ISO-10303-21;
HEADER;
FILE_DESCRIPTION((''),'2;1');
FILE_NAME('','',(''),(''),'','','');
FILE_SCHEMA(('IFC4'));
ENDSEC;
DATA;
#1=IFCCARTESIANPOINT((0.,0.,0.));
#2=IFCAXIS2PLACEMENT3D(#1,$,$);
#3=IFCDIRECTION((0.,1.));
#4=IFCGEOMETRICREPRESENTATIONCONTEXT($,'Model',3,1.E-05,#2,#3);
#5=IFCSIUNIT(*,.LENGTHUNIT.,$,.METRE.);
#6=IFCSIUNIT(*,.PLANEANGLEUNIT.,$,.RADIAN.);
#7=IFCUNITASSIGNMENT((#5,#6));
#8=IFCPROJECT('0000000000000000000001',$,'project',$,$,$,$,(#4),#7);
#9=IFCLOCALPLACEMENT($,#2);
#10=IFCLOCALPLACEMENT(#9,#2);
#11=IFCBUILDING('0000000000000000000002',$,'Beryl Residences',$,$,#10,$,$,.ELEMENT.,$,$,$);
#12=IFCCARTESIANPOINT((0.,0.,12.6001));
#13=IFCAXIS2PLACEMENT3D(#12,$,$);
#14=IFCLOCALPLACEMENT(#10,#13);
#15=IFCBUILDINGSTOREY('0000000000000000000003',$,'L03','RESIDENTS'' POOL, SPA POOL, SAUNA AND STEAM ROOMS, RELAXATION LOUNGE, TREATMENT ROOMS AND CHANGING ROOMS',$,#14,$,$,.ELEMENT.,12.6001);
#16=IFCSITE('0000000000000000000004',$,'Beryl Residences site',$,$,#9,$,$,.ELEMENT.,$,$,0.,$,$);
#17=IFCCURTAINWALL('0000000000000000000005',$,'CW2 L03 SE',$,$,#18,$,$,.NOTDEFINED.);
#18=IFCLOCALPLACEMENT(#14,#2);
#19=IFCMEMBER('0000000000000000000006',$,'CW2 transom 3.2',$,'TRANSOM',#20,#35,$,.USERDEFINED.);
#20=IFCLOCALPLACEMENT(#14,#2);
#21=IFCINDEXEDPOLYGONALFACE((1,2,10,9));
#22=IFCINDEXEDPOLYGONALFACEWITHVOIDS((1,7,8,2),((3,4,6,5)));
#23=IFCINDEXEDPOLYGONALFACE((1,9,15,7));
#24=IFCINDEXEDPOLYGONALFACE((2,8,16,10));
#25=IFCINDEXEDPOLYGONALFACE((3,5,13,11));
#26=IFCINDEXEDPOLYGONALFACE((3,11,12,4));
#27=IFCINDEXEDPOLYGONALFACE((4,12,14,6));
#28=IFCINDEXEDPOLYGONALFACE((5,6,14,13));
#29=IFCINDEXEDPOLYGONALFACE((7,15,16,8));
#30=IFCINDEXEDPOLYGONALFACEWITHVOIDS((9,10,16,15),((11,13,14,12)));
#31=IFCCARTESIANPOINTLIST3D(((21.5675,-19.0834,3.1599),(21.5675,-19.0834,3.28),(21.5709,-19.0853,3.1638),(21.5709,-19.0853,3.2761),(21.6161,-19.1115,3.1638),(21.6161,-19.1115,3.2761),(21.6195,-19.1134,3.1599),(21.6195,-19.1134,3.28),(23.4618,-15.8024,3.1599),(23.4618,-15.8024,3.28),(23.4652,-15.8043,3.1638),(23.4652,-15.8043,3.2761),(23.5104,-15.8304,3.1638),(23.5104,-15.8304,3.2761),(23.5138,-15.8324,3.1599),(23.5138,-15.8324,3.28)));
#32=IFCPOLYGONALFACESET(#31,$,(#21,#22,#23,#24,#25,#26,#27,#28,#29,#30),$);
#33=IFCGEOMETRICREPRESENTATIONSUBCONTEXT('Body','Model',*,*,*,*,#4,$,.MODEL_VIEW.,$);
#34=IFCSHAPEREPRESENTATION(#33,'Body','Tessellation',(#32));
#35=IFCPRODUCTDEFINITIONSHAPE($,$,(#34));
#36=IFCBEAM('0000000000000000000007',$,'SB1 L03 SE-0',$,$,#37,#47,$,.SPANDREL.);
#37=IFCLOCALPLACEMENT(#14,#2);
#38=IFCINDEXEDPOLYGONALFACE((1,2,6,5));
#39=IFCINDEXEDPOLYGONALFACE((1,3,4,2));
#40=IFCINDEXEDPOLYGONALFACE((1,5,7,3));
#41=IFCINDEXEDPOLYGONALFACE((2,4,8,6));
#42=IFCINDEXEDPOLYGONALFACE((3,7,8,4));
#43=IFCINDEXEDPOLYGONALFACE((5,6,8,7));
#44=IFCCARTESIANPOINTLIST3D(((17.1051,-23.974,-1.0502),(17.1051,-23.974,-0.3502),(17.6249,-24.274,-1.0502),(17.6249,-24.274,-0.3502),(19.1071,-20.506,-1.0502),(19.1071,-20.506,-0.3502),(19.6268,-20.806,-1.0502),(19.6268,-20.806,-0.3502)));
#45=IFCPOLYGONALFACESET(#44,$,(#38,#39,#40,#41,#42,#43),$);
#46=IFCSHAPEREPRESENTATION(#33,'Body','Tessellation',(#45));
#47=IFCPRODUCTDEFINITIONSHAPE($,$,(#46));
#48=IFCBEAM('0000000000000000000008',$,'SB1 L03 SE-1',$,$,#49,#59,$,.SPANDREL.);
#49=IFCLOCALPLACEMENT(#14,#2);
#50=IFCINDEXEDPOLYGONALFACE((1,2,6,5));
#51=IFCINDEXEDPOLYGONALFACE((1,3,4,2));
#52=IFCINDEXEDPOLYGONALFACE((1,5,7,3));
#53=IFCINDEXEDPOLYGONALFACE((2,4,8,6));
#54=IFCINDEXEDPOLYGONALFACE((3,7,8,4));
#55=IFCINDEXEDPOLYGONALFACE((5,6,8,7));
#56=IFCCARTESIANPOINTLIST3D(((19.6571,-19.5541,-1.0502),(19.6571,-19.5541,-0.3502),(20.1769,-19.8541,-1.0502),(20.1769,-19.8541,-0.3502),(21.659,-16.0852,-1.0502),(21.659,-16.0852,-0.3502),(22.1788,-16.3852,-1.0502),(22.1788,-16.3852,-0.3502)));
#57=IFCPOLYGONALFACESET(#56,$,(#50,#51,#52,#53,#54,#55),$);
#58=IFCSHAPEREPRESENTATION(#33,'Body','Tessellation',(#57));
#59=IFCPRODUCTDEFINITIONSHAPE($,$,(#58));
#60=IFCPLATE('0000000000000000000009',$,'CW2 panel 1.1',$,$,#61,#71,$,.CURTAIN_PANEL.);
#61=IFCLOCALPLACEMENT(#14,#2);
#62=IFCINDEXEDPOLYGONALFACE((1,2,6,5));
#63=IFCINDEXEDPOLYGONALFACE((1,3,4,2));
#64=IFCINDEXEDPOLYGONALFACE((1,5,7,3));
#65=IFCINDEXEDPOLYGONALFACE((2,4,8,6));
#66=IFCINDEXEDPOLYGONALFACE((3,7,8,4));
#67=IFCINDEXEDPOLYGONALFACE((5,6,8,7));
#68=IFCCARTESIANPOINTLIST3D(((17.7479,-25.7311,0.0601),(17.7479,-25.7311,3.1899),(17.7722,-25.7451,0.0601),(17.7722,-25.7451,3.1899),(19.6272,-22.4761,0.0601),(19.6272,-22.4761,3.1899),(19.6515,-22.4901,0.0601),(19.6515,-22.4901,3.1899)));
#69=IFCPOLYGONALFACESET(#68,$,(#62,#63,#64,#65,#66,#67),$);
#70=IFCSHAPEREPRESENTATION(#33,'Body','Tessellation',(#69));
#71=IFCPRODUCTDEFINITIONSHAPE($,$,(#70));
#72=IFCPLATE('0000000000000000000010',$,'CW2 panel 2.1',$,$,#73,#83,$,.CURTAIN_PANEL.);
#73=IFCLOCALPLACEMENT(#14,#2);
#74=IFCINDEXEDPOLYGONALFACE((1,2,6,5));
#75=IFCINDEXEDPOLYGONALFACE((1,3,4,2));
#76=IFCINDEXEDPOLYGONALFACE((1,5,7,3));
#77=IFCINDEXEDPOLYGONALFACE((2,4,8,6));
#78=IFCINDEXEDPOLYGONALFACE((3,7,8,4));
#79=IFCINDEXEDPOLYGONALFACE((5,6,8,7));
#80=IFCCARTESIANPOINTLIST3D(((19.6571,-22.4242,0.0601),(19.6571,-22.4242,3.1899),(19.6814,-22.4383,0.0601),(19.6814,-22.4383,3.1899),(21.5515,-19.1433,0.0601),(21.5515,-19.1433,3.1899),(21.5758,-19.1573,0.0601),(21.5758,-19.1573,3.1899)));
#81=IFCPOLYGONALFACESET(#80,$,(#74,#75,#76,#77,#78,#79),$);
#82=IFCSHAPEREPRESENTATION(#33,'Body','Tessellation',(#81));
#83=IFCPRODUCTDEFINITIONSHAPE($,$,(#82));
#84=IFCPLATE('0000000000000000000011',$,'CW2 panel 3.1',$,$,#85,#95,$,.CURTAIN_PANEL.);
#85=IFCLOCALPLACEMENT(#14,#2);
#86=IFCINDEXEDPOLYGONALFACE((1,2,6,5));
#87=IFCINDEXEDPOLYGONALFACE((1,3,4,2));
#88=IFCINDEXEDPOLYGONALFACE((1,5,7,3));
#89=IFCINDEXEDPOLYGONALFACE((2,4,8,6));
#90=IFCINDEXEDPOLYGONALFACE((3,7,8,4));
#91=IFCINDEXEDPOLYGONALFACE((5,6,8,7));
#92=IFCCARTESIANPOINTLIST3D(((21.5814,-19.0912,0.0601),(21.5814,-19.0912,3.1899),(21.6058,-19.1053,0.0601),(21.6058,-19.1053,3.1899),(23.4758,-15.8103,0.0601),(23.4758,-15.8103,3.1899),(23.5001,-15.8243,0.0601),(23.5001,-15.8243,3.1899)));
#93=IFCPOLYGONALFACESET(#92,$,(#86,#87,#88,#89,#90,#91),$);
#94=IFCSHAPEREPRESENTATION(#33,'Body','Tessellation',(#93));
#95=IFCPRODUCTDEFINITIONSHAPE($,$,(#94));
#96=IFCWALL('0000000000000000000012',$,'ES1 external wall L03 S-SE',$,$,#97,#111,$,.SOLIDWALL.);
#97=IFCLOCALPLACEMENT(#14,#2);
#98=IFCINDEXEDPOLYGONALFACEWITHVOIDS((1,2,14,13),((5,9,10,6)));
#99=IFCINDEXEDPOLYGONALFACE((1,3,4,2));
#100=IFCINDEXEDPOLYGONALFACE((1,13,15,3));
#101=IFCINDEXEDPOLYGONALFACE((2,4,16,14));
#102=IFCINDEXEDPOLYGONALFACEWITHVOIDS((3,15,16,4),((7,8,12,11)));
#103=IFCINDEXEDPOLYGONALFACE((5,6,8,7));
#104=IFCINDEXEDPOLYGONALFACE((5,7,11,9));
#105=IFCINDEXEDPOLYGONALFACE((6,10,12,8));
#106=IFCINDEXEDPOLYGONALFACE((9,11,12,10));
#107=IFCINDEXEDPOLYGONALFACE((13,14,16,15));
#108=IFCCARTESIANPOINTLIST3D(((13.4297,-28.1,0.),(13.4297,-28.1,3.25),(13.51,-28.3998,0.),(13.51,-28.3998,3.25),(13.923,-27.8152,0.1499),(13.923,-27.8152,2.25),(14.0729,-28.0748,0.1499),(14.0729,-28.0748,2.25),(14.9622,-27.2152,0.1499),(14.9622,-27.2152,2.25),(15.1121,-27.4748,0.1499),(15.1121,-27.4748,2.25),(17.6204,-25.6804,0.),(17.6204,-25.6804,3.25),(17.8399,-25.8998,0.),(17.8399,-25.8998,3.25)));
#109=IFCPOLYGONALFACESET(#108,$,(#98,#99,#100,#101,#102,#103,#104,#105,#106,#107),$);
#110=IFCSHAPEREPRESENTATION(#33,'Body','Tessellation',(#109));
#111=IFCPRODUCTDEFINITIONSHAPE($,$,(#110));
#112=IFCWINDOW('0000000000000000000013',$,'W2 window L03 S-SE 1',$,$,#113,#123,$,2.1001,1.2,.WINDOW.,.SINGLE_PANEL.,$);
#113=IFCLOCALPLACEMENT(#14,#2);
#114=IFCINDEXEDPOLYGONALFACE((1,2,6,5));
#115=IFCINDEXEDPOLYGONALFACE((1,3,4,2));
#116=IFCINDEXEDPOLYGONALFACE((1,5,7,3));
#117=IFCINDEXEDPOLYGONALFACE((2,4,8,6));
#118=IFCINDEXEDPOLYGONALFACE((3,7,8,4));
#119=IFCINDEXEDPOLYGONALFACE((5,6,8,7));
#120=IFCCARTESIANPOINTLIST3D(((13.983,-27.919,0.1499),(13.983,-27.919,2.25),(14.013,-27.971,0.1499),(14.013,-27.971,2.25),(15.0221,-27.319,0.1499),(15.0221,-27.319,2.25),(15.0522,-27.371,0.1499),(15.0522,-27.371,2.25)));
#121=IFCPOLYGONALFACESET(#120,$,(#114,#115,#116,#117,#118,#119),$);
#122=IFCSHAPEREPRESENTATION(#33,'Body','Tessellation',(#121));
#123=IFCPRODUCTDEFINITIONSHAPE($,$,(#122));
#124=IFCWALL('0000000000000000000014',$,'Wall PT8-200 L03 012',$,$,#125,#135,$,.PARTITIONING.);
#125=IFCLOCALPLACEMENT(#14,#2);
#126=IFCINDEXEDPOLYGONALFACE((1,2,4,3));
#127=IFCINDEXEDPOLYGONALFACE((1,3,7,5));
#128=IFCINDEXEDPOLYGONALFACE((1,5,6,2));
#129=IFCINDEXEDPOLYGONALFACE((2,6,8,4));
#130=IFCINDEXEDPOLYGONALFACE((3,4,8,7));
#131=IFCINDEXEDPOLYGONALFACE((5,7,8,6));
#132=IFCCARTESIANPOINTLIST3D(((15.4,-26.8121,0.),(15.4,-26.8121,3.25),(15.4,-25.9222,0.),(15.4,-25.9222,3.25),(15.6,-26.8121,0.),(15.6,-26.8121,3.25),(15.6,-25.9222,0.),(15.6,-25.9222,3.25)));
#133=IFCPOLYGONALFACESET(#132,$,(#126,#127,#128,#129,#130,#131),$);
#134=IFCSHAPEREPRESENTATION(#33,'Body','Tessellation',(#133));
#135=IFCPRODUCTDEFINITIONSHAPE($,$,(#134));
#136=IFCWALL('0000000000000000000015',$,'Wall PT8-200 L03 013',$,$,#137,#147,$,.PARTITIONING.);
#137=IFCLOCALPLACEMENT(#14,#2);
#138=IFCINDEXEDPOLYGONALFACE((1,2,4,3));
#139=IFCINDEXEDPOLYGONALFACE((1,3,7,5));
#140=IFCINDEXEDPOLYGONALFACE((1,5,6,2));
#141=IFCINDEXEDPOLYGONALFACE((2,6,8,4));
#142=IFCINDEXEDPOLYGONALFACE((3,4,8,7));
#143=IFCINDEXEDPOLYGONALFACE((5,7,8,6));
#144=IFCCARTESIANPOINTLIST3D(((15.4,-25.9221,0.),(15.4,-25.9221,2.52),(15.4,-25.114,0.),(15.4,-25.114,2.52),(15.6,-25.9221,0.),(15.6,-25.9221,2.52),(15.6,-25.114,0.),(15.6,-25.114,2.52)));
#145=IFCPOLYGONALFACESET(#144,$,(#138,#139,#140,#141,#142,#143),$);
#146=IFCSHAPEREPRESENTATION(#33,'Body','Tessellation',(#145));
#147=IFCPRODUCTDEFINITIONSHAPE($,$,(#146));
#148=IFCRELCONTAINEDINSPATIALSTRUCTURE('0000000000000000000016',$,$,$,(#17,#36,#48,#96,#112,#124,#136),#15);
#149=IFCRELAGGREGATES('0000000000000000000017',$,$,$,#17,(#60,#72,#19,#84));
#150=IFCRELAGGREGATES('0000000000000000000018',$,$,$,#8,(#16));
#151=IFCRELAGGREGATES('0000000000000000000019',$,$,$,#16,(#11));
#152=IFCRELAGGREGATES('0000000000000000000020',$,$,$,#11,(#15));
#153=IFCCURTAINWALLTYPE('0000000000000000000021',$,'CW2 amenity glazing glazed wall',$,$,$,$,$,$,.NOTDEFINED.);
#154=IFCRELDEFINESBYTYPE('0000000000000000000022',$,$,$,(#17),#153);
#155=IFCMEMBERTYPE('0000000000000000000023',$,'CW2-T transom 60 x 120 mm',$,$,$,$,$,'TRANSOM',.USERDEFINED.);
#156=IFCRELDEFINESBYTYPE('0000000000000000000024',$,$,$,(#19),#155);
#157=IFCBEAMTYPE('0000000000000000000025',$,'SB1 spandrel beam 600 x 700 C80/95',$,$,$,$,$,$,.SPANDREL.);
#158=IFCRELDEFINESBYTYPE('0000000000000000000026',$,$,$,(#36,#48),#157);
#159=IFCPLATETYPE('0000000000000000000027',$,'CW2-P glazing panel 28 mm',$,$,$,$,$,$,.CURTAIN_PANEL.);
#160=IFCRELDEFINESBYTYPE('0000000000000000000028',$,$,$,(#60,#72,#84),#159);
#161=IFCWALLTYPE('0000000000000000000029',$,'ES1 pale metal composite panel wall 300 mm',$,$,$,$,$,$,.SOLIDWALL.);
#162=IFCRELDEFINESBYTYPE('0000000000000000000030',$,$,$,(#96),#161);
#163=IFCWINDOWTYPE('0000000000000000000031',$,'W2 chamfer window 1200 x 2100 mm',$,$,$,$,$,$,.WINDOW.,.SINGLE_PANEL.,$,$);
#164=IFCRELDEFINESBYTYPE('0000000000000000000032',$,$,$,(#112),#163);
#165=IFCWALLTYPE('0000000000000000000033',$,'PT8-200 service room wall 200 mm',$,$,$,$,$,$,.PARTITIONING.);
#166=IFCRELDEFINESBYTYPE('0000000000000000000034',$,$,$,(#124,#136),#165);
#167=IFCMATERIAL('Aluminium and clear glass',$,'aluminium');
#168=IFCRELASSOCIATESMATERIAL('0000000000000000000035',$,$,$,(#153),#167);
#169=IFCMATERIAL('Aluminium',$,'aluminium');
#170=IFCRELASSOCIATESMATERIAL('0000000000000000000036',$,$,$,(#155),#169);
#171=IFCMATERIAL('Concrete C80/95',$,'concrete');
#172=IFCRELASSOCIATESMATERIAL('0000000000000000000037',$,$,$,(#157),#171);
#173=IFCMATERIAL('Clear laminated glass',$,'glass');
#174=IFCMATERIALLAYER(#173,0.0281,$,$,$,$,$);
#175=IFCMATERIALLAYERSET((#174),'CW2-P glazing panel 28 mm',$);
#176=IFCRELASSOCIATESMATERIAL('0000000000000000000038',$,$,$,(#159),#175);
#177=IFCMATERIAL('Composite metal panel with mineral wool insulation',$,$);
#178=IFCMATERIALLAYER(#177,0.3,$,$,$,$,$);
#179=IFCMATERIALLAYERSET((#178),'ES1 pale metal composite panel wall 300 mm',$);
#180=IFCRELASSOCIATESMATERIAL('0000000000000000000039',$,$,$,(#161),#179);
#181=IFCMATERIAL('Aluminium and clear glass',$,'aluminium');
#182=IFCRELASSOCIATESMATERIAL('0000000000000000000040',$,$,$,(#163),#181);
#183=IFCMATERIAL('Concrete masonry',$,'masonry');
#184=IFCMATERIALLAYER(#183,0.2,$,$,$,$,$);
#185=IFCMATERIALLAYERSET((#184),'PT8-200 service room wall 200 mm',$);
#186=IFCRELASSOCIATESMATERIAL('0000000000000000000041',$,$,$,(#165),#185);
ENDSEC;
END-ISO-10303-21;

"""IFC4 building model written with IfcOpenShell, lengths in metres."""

from ifc_helpers import new_model, si_unit, direction, frame, frame_2d, origin, origin_2d, place, context, subcontext, project, spatial, polyline, rectangle, hollow_rectangle, outline, extrude, material, layer, layer_set, material_profile, profile_set, type_object, element, fill, aggregate, save


model = new_model("IFC4")

# Units and contexts
model_context = context("Model", 3, precision=1e-05, world=origin(), true_north=direction((0.0, 1.0)))
body_context = subcontext(model_context, "Body", "Model", "MODEL_VIEW")
ifc_project = project(units=[si_unit("LENGTHUNIT", "METRE"), si_unit("PLANEANGLEUNIT", "RADIAN")], contexts=[model_context])

# Site, building, storey
site_placement = place(None, origin())
site = spatial("IfcSite", under=ifc_project, at=site_placement, Name="Beryl Residences site", CompositionType="ELEMENT", RefElevation=0.0)
building_placement = place(site_placement, origin())
building = spatial("IfcBuilding", under=site, at=building_placement, Name="Beryl Residences", CompositionType="ELEMENT")
storey_placement = place(building_placement, frame((0.0, 0.0, 12.6001)))
storey = spatial("IfcBuildingStorey", under=building, at=storey_placement, Name="L03", Description="RESIDENTS' POOL, SPA POOL, SAUNA AND STEAM ROOMS, RELAXATION LOUNGE, TREATMENT ROOMS AND CHANGING ROOMS", CompositionType="ELEMENT", Elevation=12.6001)

# Shared definitions
ifc_material_1 = material(Name="Aluminium and clear glass", Category="aluminium")
curtain_wall_type = type_object("IfcCurtainWallType", Name="CW2 amenity glazing glazed wall", PredefinedType="NOTDEFINED", material=ifc_material_1)

# Curtain wall, member
curtain_wall_1_placement = place(storey_placement, origin())
curtain_wall_1 = element("IfcCurtainWall", 1, at=curtain_wall_1_placement, inside=storey, type_object=curtain_wall_type, Name="CW2 L03 SE", PredefinedType="NOTDEFINED")
ifc_material_2 = material(Name="Aluminium", Category="aluminium")
ifc_material_profile_1 = material_profile(ifc_material_2, hollow_rectangle(XDim=0.0601, YDim=0.1201, WallThickness=0.0039, at=origin_2d()))
ifc_profile_set_1 = profile_set([ifc_material_profile_1], Name="Aluminium")
member_type_1 = type_object("IfcMemberType", Name="CW2-T transom 60 x 120 mm", ElementType="TRANSOM", PredefinedType="USERDEFINED", material=ifc_profile_set_1)
member_1_placement = place(storey_placement, frame((21.5935, -19.0984, 3.22), z_axis=(0.5, 0.866026, 0.0), x_axis=(-0.866026, 0.5, 0.0)))
member_1 = element("IfcMember", 2, at=member_1_placement, type_object=member_type_1, Name="CW2 transom 3.2", ObjectType="TRANSOM", PredefinedType="USERDEFINED", context=body_context, shape_type="SweptSolid", body=[
    extrude(hollow_rectangle(XDim=0.0601, YDim=0.1201, WallThickness=0.0039, at=origin_2d()), origin(), (0.0, 0.0, 1.0), 3.7886),
])

# Beams
ifc_material_3 = material(Name="Concrete C80/95", Category="concrete")
ifc_material_profile_2 = material_profile(ifc_material_3, rectangle(XDim=0.6001, YDim=0.7, at=origin_2d()))
ifc_profile_set_2 = profile_set([ifc_material_profile_2], Name="Concrete C80/95")
beam_type = type_object("IfcBeamType", Name="SB1 spandrel beam 600 x 700 C80/95", PredefinedType="SPANDREL", material=ifc_profile_set_2)
beam_1_placement = place(storey_placement, frame((17.365, -24.124, -0.7002), z_axis=(0.499942, 0.866059, 0.0), x_axis=(-0.866059, 0.499942, 0.0)))
element("IfcBeam", 3, at=beam_1_placement, inside=storey, type_object=beam_type, Name="SB1 L03 SE-0", PredefinedType="SPANDREL", context=body_context, shape_type="SweptSolid", body=[
    extrude(rectangle(XDim=0.6001, YDim=0.7, at=origin_2d()), origin(), (0.0, 0.0, 1.0), 4.0044),
])
beam_2_placement = place(storey_placement, frame((19.917, -19.7041, -0.7002), z_axis=(0.499837, 0.86612, 0.0), x_axis=(-0.86612, 0.499837, 0.0)))
element("IfcBeam", 4, at=beam_2_placement, inside=storey, type_object=beam_type, Name="SB1 L03 SE-1", PredefinedType="SPANDREL", context=body_context, shape_type="SweptSolid", body=[
    extrude(rectangle(XDim=0.6001, YDim=0.7, at=origin_2d()), origin(), (0.0, 0.0, 1.0), 4.0051),
])

# Plates
ifc_material_4 = material(Name="Clear laminated glass", Category="glass")
ifc_layer_1 = layer(ifc_material_4, 0.0281)
ifc_layer_set_1 = layer_set([ifc_layer_1], Name="CW2-P glazing panel 28 mm")
plate_type = type_object("IfcPlateType", Name="CW2-P glazing panel 28 mm", PredefinedType="CURTAIN_PANEL", material=ifc_layer_set_1)
plate_1_placement = place(storey_placement, frame((18.6997, -24.1106, 0.0601), z_axis=(0.0, 0.0, 1.0), x_axis=(0.500012, 0.866019, 0.0)))
plate_1 = element("IfcPlate", 5, at=plate_1_placement, type_object=plate_type, Name="CW2 panel 1.1", PredefinedType="CURTAIN_PANEL", context=body_context, shape_type="SweptSolid", body=[
    extrude(rectangle(XDim=3.7585, YDim=0.0281, at=origin_2d()), origin(), (0.0, 0.0, 1.0), 3.1299),
])
plate_2_placement = place(storey_placement, frame((20.6165, -20.7908, 0.0601), z_axis=(0.0, 0.0, 1.0), x_axis=(0.500012, 0.866019, 0.0)))
plate_2 = element("IfcPlate", 6, at=plate_2_placement, type_object=plate_type, Name="CW2 panel 2.1", PredefinedType="CURTAIN_PANEL", context=body_context, shape_type="SweptSolid", body=[
    extrude(rectangle(XDim=3.7886, YDim=0.0281, at=origin_2d()), origin(), (0.0, 0.0, 1.0), 3.1299),
])
plate_3_placement = place(storey_placement, frame((22.5408, -17.4578, 0.0601), z_axis=(0.0, 0.0, 1.0), x_axis=(0.500012, 0.866019, 0.0)))
plate_3 = element("IfcPlate", 7, at=plate_3_placement, type_object=plate_type, Name="CW2 panel 3.1", PredefinedType="CURTAIN_PANEL", context=body_context, shape_type="SweptSolid", body=[
    extrude(rectangle(XDim=3.7886, YDim=0.0281, at=origin_2d()), origin(), (0.0, 0.0, 1.0), 3.1299),
])
aggregate(curtain_wall_1, [plate_1, plate_2, member_1, plate_3])

# Wall, opening, window
ifc_material_5 = material(Name="Composite metal panel with mineral wool insulation")
ifc_layer_2 = layer(ifc_material_5, 0.3)
ifc_layer_set_2 = layer_set([ifc_layer_2], Name="ES1 pale metal composite panel wall 300 mm")
wall_type_1 = type_object("IfcWallType", Name="ES1 pale metal composite panel wall 300 mm", PredefinedType="SOLIDWALL", material=ifc_layer_set_2)
wall_1_placement = place(storey_placement, frame((13.4351, -28.27, 0.0), z_axis=(0.0, 0.0, 1.0), x_axis=(0.866011, 0.500025, 0.0)))
wall_1 = element("IfcWall", 8, at=wall_1_placement, inside=storey, type_object=wall_type_1, Name="ES1 external wall L03 S-SE", PredefinedType="SOLIDWALL", context=body_context, shape_type="SweptSolid", body=[
    extrude(outline(polyline([(0.0, -0.1499), (4.9998, -0.1499), (4.9194, 0.1499), (0.0803, 0.1499), (0.0, -0.1499)])), origin(), (0.0, 0.0, 1.0), 3.25),
])
opening_1_placement = place(wall_1_placement, frame((0.6499, 0.0, 0.1499)))
opening_1 = element("IfcOpeningElement", 9, at=opening_1_placement, cuts=wall_1, PredefinedType="OPENING", context=body_context, shape_type="SweptSolid", body=[
    extrude(rectangle(XDim=1.2, YDim=2.1001, at=frame_2d((0.6001, 1.05))), frame((0.0, 0.1599, 0.0), z_axis=(0.0, -1.0, 0.0), x_axis=(1.0, 0.0, 0.0)), (0.0, 0.0, 1.0), 0.3201),
])
ifc_material_6 = material(Name="Aluminium and clear glass", Category="aluminium")
window_type = type_object("IfcWindowType", Name="W2 chamfer window 1200 x 2100 mm", PartitioningType="SINGLE_PANEL", PredefinedType="WINDOW", material=ifc_material_6)
window_placement = place(opening_1_placement, origin())
window = element("IfcWindow", 10, at=window_placement, inside=storey, type_object=window_type, Name="W2 window L03 S-SE 1", OverallHeight=2.1001, OverallWidth=1.2, PartitioningType="SINGLE_PANEL", PredefinedType="WINDOW", context=body_context, shape_type="SweptSolid", body=[
    extrude(rectangle(XDim=1.2, YDim=2.1001, at=frame_2d((0.6001, 1.05))), frame((0.0, 0.03, 0.0), z_axis=(0.0, -1.0, 0.0), x_axis=(1.0, 0.0, 0.0)), (0.0, 0.0, 1.0), 0.0601),
])
fill(opening_1, window)

# Walls
ifc_material_7 = material(Name="Concrete masonry", Category="masonry")
ifc_layer_3 = layer(ifc_material_7, 0.2)
ifc_layer_set_3 = layer_set([ifc_layer_3], Name="PT8-200 service room wall 200 mm")
wall_type_2 = type_object("IfcWallType", Name="PT8-200 service room wall 200 mm", PredefinedType="PARTITIONING", material=ifc_layer_set_3)
wall_2_placement = place(storey_placement, frame((15.5, -26.812, 0.0), z_axis=(0.0, 0.0, 1.0), x_axis=(0.0, 1.0, 0.0)))
element("IfcWall", 11, at=wall_2_placement, inside=storey, type_object=wall_type_2, Name="Wall PT8-200 L03 012", PredefinedType="PARTITIONING", context=body_context, shape_type="SweptSolid", body=[
    extrude(rectangle(XDim=0.8899, YDim=0.2, at=frame_2d((0.4448, 0.0))), origin(), (0.0, 0.0, 1.0), 3.25),
])
wall_3_placement = place(storey_placement, frame((15.5, -25.9221, 0.0), z_axis=(0.0, 0.0, 1.0), x_axis=(0.0, 1.0, 0.0)))
element("IfcWall", 12, at=wall_3_placement, inside=storey, type_object=wall_type_2, Name="Wall PT8-200 L03 013", PredefinedType="PARTITIONING", context=body_context, shape_type="SweptSolid", body=[
    extrude(rectangle(XDim=0.8081, YDim=0.2, at=frame_2d((0.4041, 0.0))), origin(), (0.0, 0.0, 1.0), 2.52),
])

save(model, "model.ifc")
